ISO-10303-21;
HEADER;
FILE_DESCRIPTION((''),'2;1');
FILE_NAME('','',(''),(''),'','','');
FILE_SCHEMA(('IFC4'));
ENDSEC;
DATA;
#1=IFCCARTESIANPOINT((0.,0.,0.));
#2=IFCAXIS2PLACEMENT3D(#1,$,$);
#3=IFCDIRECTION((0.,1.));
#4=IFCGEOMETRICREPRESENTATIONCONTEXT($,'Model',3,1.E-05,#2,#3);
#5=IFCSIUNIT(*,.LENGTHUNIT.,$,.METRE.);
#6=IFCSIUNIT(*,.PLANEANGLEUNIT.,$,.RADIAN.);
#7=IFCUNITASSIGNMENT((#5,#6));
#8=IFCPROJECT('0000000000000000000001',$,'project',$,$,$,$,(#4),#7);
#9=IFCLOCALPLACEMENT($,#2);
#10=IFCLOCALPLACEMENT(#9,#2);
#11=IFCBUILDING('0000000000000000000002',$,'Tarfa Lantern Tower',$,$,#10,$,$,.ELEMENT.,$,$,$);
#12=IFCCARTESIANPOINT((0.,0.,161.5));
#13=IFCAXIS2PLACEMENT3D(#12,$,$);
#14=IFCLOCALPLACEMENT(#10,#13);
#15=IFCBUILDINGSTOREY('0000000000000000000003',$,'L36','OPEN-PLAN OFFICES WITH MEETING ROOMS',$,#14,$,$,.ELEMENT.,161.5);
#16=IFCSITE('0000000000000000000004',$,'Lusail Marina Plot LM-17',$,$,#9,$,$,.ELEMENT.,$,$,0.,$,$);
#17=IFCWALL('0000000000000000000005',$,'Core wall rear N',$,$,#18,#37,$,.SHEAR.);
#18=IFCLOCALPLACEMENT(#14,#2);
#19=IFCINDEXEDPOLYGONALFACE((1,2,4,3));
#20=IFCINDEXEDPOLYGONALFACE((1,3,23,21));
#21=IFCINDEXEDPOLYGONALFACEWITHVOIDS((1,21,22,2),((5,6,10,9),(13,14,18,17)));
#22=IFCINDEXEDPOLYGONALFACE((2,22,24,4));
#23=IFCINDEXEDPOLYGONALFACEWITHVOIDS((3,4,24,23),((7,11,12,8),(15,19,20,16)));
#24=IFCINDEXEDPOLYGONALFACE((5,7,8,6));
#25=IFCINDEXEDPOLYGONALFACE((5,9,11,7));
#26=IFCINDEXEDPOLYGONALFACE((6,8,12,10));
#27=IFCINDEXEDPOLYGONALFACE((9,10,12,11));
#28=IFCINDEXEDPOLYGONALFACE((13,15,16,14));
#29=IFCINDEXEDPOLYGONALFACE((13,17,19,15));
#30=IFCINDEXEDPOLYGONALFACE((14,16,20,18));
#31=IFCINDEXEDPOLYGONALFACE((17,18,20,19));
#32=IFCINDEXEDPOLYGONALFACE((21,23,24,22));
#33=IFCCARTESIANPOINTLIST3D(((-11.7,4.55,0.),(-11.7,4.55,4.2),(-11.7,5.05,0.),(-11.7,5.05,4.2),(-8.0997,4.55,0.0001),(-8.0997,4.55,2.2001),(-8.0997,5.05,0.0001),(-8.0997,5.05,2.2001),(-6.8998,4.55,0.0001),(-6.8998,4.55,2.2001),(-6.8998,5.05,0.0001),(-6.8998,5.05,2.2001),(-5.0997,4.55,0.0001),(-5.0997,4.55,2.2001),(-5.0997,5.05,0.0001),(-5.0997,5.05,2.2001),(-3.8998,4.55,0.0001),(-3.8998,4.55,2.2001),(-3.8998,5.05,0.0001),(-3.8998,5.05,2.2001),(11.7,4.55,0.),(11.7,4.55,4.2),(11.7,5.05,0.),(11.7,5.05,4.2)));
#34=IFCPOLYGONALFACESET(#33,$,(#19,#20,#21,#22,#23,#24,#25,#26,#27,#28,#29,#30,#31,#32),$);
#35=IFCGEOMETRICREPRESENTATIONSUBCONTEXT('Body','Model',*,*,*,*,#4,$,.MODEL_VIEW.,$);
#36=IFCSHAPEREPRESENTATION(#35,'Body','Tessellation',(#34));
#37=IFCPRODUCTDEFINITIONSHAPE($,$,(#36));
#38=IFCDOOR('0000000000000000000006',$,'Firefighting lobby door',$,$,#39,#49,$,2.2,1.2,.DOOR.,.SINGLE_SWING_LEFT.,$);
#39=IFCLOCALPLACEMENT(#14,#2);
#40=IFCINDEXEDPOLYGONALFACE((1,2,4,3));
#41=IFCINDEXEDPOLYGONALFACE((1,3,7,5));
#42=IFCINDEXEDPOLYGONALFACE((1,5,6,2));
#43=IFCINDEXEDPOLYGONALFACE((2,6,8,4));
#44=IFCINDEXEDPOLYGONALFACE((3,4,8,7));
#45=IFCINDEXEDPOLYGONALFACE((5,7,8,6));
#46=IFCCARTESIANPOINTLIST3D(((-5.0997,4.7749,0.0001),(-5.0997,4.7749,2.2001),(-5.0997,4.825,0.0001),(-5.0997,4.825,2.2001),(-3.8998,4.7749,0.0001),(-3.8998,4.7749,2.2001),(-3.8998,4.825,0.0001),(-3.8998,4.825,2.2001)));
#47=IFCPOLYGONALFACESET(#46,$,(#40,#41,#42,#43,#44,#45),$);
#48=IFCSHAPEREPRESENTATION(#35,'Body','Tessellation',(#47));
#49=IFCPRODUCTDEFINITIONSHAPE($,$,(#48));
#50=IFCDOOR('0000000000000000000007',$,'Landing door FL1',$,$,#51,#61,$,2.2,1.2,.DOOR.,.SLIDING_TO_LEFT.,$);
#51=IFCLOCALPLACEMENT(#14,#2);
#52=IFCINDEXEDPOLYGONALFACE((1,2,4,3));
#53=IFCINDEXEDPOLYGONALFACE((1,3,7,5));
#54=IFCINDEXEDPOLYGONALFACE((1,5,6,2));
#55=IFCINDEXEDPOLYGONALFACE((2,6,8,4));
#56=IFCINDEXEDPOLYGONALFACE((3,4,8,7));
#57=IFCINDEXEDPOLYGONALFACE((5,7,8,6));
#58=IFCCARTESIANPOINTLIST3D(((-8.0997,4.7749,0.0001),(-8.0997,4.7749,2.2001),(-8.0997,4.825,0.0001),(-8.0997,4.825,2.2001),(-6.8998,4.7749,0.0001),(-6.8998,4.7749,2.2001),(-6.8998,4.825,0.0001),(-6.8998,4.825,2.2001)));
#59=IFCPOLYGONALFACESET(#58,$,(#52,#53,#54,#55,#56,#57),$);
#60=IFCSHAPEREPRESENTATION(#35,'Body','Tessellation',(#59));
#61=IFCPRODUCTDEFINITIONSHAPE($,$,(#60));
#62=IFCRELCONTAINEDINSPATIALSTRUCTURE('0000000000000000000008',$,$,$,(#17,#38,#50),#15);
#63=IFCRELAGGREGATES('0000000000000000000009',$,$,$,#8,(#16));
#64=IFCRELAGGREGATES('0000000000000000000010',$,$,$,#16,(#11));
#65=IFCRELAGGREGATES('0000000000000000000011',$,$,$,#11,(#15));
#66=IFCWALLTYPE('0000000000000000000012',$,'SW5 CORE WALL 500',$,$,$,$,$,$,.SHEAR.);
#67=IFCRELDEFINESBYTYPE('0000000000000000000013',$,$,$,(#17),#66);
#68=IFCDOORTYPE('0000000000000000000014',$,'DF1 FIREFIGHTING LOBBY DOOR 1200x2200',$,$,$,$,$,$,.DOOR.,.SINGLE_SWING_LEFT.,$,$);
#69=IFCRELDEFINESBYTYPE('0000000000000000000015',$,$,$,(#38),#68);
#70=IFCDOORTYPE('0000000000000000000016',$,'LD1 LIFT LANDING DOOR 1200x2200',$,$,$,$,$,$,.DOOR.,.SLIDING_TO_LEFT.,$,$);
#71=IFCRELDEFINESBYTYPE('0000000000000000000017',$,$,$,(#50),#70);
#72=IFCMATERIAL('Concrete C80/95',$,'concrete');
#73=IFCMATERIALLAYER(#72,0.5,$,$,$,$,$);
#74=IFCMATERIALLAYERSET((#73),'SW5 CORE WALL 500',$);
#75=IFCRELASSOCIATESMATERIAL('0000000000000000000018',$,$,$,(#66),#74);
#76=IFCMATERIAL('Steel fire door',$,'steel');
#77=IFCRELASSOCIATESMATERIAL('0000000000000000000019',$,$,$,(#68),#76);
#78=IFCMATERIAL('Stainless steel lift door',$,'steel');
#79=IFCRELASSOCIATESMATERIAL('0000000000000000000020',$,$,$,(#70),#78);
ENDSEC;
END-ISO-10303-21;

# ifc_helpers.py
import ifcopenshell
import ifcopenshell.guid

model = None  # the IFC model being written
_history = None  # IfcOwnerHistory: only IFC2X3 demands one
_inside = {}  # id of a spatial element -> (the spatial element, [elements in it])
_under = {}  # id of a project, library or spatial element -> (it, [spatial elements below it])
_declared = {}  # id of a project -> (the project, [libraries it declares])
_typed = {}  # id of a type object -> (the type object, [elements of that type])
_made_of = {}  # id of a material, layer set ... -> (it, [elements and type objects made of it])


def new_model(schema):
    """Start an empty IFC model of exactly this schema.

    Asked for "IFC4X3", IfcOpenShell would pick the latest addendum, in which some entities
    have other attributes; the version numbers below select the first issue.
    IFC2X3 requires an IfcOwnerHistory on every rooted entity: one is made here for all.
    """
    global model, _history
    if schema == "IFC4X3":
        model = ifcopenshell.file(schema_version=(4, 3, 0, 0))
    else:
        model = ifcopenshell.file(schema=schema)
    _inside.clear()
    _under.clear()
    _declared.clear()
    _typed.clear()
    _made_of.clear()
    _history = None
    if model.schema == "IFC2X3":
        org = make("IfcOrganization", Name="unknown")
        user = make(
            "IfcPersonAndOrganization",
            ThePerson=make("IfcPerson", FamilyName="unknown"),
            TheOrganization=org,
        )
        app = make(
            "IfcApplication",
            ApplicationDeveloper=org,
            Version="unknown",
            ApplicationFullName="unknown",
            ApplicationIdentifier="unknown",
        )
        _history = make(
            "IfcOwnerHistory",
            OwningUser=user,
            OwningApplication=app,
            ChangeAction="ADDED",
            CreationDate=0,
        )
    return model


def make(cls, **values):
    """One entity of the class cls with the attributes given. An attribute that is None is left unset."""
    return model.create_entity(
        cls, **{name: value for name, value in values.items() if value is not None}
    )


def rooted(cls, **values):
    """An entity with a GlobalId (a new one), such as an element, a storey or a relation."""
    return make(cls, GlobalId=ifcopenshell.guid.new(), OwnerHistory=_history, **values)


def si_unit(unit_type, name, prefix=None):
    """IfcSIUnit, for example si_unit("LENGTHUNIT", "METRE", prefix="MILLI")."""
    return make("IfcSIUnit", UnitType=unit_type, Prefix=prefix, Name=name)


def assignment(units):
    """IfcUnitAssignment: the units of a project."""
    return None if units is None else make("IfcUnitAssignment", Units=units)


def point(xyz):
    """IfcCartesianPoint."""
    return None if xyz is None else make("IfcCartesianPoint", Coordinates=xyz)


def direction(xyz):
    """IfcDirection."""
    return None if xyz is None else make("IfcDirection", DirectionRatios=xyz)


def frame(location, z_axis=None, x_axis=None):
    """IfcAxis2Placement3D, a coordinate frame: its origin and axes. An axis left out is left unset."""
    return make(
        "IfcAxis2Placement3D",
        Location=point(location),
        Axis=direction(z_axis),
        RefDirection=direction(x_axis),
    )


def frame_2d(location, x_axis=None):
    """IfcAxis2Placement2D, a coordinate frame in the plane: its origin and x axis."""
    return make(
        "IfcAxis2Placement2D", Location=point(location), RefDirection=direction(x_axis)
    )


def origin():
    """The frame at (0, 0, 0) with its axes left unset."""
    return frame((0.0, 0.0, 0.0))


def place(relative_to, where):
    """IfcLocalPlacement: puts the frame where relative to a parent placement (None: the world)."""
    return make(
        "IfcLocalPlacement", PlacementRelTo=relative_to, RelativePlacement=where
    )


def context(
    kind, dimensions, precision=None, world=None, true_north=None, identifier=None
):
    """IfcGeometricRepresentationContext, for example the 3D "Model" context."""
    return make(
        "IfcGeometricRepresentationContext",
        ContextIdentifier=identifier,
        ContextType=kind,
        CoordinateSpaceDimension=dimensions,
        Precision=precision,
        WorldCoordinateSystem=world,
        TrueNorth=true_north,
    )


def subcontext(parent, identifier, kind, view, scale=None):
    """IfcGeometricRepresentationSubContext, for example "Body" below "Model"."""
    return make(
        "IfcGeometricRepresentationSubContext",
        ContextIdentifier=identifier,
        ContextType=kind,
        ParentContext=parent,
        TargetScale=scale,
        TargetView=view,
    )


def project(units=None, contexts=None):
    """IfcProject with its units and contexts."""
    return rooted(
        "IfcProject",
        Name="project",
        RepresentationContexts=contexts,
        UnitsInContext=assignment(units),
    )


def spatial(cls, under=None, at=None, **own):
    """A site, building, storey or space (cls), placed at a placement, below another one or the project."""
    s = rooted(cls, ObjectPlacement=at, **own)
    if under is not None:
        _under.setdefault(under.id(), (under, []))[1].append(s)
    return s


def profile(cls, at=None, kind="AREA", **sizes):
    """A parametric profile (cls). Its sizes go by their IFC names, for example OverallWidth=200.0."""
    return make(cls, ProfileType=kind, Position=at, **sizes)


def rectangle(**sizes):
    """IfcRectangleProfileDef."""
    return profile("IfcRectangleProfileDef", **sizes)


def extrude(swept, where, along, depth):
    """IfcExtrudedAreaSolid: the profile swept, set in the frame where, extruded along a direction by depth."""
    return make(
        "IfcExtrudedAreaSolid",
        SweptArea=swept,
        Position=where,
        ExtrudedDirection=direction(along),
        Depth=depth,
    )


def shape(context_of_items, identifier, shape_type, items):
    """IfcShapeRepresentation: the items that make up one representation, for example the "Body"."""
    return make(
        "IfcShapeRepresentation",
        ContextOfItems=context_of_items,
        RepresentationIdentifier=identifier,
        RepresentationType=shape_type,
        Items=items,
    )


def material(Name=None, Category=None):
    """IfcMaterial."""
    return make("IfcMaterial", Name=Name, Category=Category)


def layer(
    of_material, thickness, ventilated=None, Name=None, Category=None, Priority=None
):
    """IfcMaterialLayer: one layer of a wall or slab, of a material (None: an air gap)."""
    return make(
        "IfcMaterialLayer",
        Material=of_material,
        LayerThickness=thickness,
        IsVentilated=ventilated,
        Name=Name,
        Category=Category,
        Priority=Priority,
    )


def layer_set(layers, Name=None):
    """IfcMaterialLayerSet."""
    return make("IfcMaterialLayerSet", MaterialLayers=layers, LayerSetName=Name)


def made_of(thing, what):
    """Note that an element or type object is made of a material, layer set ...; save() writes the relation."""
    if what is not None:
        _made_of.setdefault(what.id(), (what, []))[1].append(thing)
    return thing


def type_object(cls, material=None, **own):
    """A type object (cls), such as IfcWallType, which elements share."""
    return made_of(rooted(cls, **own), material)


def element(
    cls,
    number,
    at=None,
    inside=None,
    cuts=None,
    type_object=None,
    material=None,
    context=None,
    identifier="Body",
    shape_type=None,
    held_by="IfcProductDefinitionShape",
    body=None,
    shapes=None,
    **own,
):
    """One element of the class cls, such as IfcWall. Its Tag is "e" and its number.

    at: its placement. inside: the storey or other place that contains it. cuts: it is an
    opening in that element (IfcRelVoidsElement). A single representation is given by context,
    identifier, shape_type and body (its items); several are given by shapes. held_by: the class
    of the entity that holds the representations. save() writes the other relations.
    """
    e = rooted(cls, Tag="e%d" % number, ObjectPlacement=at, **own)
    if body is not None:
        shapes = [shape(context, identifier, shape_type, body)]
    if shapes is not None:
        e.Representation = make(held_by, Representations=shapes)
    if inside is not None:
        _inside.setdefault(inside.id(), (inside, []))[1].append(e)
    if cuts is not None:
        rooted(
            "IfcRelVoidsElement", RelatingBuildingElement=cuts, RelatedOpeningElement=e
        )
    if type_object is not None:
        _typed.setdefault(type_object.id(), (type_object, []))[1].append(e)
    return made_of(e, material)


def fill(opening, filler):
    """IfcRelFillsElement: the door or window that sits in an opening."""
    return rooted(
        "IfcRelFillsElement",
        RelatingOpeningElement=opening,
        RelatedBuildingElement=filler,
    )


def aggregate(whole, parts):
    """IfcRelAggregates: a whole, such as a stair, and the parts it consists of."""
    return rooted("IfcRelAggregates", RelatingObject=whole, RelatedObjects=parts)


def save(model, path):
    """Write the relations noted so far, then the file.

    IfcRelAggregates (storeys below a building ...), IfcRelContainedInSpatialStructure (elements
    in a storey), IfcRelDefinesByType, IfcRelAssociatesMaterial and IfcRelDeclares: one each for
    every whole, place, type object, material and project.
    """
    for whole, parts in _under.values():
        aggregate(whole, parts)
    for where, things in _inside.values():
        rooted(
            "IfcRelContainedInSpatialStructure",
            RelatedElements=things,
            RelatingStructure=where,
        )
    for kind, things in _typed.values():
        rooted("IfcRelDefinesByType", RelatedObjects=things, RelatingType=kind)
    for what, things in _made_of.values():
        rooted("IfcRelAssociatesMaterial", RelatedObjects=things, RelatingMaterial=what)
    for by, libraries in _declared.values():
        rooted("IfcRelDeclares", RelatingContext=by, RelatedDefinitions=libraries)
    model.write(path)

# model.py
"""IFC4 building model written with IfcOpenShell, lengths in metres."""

from ifc_helpers import new_model, si_unit, direction, frame, frame_2d, origin, place, context, subcontext, project, spatial, rectangle, extrude, material, layer, layer_set, type_object, element, fill, save


model = new_model("IFC4")

# Units and contexts
model_context = context("Model", 3, precision=1e-05, world=origin(), true_north=direction((0.0, 1.0)))
body_context = subcontext(model_context, "Body", "Model", "MODEL_VIEW")
ifc_project = project(units=[si_unit("LENGTHUNIT", "METRE"), si_unit("PLANEANGLEUNIT", "RADIAN")], contexts=[model_context])

# Site, building, storey
site_placement = place(None, origin())
site = spatial("IfcSite", under=ifc_project, at=site_placement, Name="Lusail Marina Plot LM-17", CompositionType="ELEMENT", RefElevation=0.0)
building_placement = place(site_placement, origin())
building = spatial("IfcBuilding", under=site, at=building_placement, Name="Tarfa Lantern Tower", CompositionType="ELEMENT")
storey_placement = place(building_placement, frame((0.0, 0.0, 161.5)))
storey = spatial("IfcBuildingStorey", under=building, at=storey_placement, Name="L36", Description="OPEN-PLAN OFFICES WITH MEETING ROOMS", CompositionType="ELEMENT", Elevation=161.5)

# Shared definitions
ifc_material_1 = material(Name="Concrete C80/95", Category="concrete")
ifc_material_2 = material(Name="Steel fire door", Category="steel")
ifc_layer_1 = layer(ifc_material_1, 0.5)
ifc_layer_set_1 = layer_set([ifc_layer_1], Name="SW5 CORE WALL 500")
wall_type_1 = type_object("IfcWallType", Name="SW5 CORE WALL 500", PredefinedType="SHEAR", material=ifc_layer_set_1)

# Wall, openings, doors
wall_1_placement = place(storey_placement, frame((-11.7, 4.8, 0.0), z_axis=(0.0, 0.0, 1.0), x_axis=(1.0, 0.0, 0.0)))
wall_1 = element("IfcWall", 1, at=wall_1_placement, inside=storey, type_object=wall_type_1, Name="Core wall rear N", PredefinedType="SHEAR", context=body_context, shape_type="SweptSolid", body=[
    extrude(rectangle(XDim=23.3999, YDim=0.5, at=frame_2d((11.7, 0.0))), origin(), (0.0, 0.0, 1.0), 4.2),
])
opening_1_placement = place(wall_1_placement, frame((6.6001, 0.0, 0.0)))
opening_1 = element("IfcOpeningElement", 2, at=opening_1_placement, cuts=wall_1, PredefinedType="OPENING", context=body_context, shape_type="SweptSolid", body=[
    extrude(rectangle(XDim=1.2, YDim=2.2, at=frame_2d((0.6001, 1.1001))), frame((0.0, 0.26, 0.0), z_axis=(0.0, -1.0, 0.0), x_axis=(1.0, 0.0, 0.0)), (0.0, 0.0, 1.0), 0.52),
])
opening_2_placement = place(wall_1_placement, frame((3.6001, 0.0, 0.0)))
opening_2 = element("IfcOpeningElement", 3, at=opening_2_placement, cuts=wall_1, PredefinedType="OPENING", context=body_context, shape_type="SweptSolid", body=[
    extrude(rectangle(XDim=1.2, YDim=2.2, at=frame_2d((0.6001, 1.1001))), frame((0.0, 0.26, 0.0), z_axis=(0.0, -1.0, 0.0), x_axis=(1.0, 0.0, 0.0)), (0.0, 0.0, 1.0), 0.52),
])
door_type_1 = type_object("IfcDoorType", Name="DF1 FIREFIGHTING LOBBY DOOR 1200x2200", OperationType="SINGLE_SWING_LEFT", PredefinedType="DOOR", material=ifc_material_2)
door_1_placement = place(opening_1_placement, origin())
door_1 = element("IfcDoor", 4, at=door_1_placement, inside=storey, type_object=door_type_1, Name="Firefighting lobby door", OperationType="SINGLE_SWING_LEFT", OverallHeight=2.2, OverallWidth=1.2, PredefinedType="DOOR", context=body_context, shape_type="SweptSolid", body=[
    extrude(rectangle(XDim=1.2, YDim=2.2, at=frame_2d((0.6001, 1.1001))), frame((0.0, 0.0249, 0.0), z_axis=(0.0, -1.0, 0.0), x_axis=(1.0, 0.0, 0.0)), (0.0, 0.0, 1.0), 0.05),
])
fill(opening_1, door_1)
ifc_material_3 = material(Name="Stainless steel lift door", Category="steel")
door_type_2 = type_object("IfcDoorType", Name="LD1 LIFT LANDING DOOR 1200x2200", OperationType="SLIDING_TO_LEFT", PredefinedType="DOOR", material=ifc_material_3)
door_2_placement = place(opening_2_placement, origin())
door_2 = element("IfcDoor", 5, at=door_2_placement, inside=storey, type_object=door_type_2, Name="Landing door FL1", OperationType="SLIDING_TO_LEFT", OverallHeight=2.2, OverallWidth=1.2, PredefinedType="DOOR", context=body_context, shape_type="SweptSolid", body=[
    extrude(rectangle(XDim=1.2, YDim=2.2, at=frame_2d((0.6001, 1.1001))), frame((0.0, 0.0249, 0.0), z_axis=(0.0, -1.0, 0.0), x_axis=(1.0, 0.0, 0.0)), (0.0, 0.0, 1.0), 0.05),
])
fill(opening_2, door_2)

save(model, "model.ifc")
